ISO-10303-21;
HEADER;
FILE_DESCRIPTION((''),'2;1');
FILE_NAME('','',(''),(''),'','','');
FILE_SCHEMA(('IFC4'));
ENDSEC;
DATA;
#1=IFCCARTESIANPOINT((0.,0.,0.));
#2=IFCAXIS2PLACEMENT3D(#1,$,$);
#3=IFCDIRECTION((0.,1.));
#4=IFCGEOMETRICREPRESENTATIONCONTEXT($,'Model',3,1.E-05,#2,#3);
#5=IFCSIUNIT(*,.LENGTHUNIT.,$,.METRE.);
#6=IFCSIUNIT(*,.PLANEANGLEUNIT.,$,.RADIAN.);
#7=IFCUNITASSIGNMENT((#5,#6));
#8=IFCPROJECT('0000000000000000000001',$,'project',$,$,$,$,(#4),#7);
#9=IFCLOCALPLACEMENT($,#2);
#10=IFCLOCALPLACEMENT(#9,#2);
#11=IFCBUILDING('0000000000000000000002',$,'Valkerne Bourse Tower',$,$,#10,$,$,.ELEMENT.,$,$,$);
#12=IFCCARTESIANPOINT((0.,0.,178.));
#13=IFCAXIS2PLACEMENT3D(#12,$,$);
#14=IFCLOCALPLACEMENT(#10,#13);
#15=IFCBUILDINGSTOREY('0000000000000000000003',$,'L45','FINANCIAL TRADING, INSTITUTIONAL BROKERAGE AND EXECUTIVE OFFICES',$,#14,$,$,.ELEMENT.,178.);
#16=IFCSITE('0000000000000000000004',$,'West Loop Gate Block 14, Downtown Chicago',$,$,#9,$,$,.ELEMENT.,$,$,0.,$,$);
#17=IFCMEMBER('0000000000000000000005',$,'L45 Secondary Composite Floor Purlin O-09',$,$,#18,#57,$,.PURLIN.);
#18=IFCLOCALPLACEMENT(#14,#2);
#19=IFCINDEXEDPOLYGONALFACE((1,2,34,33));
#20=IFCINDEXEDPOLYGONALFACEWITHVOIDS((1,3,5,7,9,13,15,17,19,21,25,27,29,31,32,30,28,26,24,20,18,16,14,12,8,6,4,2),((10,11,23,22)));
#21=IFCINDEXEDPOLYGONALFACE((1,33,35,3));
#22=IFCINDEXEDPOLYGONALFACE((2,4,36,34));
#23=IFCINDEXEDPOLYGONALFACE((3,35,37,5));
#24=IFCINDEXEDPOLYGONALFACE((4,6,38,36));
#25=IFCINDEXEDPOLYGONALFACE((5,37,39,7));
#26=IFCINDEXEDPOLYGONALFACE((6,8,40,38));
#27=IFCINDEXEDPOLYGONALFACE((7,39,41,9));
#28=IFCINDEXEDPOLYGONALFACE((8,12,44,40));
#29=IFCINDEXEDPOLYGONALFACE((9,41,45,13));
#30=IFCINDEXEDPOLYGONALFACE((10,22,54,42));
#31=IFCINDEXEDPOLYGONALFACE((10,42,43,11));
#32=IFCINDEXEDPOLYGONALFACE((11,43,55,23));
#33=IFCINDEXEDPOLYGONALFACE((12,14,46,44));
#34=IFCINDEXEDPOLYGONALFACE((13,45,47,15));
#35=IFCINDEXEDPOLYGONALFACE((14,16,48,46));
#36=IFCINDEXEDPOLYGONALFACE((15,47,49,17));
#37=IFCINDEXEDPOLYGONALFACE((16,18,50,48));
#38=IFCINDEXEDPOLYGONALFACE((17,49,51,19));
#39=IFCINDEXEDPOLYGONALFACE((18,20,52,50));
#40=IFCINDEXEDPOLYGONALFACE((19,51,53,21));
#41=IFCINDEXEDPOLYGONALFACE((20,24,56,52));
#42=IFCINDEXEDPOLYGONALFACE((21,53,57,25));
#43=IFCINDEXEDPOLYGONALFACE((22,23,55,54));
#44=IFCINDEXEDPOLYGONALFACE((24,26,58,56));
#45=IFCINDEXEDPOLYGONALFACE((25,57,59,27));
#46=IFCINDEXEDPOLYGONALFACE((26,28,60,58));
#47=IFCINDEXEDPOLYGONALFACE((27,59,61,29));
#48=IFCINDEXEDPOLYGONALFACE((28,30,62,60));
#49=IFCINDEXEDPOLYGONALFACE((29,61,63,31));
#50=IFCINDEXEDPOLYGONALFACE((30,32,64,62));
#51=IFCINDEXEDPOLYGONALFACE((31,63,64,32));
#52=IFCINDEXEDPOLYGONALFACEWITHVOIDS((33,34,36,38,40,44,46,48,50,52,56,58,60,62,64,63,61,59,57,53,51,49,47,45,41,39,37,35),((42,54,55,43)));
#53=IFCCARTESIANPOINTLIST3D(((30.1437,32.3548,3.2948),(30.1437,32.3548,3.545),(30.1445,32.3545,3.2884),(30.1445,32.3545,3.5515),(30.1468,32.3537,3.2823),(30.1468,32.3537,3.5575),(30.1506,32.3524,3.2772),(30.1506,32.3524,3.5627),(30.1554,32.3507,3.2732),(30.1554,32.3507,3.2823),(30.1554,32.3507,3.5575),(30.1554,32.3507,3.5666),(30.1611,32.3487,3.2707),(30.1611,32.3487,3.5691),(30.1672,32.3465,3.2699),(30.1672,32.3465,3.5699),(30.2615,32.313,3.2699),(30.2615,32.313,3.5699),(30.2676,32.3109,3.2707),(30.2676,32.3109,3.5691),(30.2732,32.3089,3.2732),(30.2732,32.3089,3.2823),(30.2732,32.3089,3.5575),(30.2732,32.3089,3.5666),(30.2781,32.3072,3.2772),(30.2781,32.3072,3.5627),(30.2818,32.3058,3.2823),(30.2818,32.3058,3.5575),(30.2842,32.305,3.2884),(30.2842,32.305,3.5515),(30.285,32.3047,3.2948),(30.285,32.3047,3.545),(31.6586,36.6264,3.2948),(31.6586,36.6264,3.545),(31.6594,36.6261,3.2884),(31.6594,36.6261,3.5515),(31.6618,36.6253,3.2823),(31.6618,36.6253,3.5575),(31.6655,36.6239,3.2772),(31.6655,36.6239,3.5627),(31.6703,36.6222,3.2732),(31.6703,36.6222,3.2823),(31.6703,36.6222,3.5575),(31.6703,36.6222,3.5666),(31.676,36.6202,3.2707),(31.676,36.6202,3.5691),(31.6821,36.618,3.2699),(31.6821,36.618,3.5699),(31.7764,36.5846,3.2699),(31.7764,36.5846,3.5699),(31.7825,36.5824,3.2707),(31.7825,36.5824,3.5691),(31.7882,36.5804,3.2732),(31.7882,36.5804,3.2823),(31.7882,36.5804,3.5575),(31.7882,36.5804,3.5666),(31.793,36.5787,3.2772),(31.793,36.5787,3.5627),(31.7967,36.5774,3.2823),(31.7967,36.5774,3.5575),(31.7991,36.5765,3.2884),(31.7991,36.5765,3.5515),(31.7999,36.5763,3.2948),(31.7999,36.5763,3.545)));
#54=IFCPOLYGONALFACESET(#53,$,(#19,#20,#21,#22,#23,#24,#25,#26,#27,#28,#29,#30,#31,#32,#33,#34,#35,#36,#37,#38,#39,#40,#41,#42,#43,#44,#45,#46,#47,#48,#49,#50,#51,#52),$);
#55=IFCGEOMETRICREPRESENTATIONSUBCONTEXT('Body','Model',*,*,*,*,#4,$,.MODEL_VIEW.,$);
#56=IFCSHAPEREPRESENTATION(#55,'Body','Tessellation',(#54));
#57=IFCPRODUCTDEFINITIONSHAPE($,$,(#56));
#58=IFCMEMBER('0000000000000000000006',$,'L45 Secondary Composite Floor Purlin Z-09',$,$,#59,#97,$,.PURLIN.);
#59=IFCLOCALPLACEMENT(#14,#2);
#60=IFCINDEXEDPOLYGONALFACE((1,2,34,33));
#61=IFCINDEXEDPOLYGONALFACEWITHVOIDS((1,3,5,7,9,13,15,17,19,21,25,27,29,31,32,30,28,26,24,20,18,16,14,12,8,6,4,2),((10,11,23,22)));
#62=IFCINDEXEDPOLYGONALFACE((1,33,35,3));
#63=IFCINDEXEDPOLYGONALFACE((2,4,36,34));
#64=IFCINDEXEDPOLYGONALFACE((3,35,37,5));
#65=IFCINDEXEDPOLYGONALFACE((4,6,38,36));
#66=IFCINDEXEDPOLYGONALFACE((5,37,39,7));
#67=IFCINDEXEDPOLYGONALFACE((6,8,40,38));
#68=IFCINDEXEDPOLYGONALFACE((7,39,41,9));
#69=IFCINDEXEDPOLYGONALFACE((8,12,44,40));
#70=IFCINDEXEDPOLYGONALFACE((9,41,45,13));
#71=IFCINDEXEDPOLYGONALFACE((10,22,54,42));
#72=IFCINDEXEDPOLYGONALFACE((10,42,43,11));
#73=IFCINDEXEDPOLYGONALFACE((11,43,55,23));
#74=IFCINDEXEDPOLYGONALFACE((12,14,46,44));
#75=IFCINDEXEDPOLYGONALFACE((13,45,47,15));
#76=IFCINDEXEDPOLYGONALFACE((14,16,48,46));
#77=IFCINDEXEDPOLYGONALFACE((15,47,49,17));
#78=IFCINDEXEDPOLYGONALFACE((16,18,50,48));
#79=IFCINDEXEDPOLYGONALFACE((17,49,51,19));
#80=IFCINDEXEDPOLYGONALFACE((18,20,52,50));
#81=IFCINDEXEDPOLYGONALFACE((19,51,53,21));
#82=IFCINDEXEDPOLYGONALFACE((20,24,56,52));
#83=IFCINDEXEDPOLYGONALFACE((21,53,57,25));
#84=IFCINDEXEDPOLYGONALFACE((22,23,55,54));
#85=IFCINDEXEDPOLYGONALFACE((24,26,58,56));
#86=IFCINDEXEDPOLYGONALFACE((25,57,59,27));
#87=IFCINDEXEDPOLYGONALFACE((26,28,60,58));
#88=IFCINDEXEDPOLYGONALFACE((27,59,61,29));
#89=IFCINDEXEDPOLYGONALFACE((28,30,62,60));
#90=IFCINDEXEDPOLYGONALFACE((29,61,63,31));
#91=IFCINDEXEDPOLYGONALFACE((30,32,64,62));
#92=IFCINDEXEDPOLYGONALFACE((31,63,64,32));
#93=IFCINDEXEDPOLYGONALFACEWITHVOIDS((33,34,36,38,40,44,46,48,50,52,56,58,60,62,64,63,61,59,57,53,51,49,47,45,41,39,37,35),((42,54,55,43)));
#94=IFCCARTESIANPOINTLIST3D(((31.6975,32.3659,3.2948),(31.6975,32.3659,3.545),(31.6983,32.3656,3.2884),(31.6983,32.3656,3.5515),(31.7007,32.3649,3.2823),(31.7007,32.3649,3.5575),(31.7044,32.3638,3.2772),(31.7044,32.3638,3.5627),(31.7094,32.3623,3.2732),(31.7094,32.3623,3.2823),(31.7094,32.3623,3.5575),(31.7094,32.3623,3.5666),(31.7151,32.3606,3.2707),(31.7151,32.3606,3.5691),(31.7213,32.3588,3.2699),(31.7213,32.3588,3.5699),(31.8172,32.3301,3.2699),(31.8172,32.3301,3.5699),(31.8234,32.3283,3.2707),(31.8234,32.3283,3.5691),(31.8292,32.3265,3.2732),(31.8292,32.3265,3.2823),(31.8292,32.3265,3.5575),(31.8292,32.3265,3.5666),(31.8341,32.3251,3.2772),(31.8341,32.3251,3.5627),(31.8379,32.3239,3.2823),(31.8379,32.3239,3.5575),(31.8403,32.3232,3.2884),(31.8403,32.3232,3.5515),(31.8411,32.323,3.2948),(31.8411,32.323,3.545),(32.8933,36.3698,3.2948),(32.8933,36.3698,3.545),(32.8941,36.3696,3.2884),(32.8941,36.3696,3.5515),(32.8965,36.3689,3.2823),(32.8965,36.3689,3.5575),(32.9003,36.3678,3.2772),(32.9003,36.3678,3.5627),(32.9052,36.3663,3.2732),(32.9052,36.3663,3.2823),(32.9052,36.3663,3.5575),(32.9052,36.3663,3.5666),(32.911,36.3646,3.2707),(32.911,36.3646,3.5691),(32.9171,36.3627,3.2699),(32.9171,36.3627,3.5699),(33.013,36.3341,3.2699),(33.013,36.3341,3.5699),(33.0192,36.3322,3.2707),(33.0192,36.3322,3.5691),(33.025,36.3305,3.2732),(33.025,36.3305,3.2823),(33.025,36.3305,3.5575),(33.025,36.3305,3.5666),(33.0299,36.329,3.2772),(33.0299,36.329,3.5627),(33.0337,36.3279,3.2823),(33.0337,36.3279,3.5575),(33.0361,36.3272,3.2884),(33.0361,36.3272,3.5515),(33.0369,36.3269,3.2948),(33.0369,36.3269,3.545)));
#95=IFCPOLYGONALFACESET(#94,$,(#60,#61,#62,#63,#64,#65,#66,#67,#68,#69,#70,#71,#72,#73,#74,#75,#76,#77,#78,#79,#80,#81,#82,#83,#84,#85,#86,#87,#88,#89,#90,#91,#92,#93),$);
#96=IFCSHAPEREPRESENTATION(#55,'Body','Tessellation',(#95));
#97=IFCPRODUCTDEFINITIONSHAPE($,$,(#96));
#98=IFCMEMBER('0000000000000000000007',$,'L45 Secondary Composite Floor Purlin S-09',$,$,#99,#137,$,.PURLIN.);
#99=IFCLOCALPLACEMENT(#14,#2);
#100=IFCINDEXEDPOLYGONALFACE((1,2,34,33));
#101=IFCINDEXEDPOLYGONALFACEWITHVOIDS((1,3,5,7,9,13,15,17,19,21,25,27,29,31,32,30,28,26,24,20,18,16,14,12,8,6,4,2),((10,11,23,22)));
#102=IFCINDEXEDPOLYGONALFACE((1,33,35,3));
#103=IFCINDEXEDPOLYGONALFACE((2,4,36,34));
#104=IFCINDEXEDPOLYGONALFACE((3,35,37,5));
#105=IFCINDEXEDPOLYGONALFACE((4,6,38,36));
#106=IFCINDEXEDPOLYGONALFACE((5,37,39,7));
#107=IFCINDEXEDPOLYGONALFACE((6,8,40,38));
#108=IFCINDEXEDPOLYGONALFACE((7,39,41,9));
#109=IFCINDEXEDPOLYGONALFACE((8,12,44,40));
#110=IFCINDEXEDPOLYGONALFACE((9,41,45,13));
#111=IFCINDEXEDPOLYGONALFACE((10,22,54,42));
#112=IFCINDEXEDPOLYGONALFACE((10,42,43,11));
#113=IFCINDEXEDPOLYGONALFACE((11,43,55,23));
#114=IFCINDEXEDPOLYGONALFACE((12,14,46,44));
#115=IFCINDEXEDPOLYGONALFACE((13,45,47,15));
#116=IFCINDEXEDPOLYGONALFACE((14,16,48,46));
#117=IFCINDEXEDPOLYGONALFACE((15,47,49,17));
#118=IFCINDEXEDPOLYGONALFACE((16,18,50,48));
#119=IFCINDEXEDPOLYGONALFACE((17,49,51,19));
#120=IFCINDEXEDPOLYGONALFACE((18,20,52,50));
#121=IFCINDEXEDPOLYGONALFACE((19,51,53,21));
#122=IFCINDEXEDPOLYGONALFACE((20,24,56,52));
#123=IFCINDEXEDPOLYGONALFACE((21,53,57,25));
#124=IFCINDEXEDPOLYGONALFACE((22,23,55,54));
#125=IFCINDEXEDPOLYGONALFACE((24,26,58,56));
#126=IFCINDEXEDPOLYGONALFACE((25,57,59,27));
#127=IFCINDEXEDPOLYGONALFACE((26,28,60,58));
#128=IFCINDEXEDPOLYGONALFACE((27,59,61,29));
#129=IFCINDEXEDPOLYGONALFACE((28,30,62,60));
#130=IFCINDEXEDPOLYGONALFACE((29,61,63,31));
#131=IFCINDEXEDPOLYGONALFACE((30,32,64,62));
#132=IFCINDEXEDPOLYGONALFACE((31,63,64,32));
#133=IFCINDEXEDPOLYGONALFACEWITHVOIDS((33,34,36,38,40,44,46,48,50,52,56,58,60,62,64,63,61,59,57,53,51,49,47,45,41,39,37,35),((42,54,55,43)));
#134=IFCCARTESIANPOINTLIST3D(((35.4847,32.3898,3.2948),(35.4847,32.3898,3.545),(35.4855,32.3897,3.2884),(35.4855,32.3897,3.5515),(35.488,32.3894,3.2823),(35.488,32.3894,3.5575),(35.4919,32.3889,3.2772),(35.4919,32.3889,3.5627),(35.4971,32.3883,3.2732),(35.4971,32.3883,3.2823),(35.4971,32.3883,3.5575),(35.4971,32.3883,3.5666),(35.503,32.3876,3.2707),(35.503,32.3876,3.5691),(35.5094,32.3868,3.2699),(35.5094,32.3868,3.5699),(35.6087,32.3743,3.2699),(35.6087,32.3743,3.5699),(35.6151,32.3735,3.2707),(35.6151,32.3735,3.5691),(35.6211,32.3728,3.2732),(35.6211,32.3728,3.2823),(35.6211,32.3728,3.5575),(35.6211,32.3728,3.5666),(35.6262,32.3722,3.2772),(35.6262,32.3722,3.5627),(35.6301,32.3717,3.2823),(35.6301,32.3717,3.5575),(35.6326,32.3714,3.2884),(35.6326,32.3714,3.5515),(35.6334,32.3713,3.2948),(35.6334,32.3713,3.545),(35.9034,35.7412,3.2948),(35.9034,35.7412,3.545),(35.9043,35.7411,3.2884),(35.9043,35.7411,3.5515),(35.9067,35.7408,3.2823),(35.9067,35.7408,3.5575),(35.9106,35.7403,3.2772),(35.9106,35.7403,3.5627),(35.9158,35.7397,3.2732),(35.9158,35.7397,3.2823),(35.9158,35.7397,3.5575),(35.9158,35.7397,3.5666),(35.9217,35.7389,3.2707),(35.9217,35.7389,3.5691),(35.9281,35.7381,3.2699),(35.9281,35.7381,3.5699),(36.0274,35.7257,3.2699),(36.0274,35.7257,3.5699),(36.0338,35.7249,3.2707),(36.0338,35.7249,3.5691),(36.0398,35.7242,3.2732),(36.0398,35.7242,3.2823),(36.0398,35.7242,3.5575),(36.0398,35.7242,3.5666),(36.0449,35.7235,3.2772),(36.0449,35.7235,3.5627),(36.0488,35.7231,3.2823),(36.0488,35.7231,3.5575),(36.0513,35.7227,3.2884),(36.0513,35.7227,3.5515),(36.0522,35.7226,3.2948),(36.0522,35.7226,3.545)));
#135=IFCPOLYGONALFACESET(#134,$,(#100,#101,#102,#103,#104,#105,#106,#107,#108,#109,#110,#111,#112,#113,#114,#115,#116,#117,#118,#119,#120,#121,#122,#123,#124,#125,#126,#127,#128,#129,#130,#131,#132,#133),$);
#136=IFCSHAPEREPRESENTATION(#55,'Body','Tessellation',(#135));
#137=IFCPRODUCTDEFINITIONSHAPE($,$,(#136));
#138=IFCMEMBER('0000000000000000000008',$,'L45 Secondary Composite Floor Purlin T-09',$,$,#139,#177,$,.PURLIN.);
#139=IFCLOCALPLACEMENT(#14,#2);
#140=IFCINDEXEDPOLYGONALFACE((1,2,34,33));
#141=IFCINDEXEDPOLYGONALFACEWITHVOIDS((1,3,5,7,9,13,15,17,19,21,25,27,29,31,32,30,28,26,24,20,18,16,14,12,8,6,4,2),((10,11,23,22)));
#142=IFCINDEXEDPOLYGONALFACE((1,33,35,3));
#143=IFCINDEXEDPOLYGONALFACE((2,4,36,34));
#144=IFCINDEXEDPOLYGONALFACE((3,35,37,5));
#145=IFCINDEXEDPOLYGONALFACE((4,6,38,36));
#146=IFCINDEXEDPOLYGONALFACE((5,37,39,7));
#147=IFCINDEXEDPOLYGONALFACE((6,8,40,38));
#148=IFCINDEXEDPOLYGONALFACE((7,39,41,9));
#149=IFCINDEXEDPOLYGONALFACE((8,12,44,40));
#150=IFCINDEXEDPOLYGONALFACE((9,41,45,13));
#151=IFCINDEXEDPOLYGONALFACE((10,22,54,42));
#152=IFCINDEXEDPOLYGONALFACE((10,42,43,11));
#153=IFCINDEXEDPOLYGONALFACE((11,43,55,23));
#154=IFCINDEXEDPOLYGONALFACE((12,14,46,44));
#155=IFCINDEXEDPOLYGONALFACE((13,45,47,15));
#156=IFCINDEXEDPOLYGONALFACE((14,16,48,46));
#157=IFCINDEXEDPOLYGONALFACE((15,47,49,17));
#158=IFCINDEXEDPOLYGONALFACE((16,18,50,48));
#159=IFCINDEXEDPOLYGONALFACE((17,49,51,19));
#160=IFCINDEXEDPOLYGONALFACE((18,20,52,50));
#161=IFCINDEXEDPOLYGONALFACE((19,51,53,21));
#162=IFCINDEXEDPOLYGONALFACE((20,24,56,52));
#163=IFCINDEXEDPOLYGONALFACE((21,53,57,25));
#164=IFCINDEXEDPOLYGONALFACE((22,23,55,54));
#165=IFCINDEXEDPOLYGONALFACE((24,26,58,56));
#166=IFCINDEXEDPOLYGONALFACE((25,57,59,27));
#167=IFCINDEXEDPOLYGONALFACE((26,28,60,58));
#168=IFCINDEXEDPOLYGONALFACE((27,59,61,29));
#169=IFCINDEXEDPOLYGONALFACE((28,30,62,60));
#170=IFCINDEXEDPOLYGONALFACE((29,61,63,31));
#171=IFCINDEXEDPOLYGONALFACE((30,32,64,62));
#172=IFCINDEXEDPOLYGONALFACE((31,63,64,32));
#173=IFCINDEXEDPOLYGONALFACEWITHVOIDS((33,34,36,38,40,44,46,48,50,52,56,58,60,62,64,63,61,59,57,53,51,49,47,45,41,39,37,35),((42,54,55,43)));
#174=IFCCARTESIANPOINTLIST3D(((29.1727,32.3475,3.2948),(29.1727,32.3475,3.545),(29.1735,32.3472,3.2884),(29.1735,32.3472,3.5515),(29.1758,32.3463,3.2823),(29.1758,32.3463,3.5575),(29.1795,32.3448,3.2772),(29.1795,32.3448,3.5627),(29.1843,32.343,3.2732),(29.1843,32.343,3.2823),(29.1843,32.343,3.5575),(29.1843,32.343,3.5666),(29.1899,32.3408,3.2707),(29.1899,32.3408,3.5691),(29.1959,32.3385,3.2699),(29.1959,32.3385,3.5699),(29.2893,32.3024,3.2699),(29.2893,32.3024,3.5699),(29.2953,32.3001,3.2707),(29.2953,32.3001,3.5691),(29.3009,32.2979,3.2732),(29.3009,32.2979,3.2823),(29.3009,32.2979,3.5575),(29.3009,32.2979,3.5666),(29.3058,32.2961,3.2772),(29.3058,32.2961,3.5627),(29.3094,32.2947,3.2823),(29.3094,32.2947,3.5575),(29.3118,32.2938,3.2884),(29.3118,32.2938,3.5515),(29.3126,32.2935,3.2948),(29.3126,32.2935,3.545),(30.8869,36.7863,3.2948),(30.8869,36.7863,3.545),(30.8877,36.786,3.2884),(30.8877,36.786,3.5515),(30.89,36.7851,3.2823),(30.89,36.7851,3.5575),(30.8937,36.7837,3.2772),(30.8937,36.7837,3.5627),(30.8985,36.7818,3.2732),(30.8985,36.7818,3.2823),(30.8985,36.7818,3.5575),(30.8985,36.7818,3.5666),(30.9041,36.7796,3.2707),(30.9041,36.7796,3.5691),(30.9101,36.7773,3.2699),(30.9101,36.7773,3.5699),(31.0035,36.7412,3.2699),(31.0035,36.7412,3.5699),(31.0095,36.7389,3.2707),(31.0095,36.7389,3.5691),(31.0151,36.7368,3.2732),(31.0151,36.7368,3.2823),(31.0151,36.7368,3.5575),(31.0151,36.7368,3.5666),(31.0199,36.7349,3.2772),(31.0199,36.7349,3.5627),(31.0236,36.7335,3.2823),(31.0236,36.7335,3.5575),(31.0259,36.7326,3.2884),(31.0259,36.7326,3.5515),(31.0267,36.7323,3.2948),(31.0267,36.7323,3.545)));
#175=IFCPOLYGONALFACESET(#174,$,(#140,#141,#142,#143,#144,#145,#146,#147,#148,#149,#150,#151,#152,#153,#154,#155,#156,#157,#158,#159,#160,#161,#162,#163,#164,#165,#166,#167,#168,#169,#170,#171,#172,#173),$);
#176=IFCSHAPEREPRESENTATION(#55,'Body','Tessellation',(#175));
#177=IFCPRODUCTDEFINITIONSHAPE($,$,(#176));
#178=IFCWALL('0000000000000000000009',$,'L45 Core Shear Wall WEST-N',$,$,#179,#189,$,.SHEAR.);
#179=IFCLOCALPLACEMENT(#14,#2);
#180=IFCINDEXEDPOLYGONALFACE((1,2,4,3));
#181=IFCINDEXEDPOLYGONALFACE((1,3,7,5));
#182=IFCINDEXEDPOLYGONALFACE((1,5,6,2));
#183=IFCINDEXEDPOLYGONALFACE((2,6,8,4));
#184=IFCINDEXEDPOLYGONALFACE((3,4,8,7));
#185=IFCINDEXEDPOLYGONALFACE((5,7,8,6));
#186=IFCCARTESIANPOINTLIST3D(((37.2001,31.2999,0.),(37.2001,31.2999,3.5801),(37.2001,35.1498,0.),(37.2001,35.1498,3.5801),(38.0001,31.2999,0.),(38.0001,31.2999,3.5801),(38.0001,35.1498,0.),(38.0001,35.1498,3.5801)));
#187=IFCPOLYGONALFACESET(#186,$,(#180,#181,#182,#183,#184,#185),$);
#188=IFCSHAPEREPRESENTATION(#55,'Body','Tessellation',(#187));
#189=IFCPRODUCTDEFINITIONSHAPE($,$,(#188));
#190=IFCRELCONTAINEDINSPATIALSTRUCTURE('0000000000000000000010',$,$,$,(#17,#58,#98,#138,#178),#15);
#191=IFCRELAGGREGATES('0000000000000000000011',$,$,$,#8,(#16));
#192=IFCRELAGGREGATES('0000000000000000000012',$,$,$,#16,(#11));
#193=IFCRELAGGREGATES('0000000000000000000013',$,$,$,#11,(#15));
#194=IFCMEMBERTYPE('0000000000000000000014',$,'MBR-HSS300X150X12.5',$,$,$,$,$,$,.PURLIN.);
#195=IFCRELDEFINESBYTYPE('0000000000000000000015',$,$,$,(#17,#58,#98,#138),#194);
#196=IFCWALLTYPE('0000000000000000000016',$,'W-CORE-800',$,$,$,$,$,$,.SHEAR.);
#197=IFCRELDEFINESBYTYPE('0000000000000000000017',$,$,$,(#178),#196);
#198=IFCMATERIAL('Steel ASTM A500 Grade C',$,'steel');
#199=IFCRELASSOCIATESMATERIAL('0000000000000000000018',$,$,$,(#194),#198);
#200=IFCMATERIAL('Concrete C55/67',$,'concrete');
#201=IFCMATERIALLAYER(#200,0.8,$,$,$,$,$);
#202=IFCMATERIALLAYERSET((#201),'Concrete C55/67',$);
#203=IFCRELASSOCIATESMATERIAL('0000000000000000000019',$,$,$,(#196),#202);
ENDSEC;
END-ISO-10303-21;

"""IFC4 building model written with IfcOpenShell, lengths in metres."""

from ifc_helpers import new_model, si_unit, direction, frame, frame_2d, origin, origin_2d, place, context, subcontext, project, spatial, rectangle, hollow_rectangle, extrude, material, layer, layer_set, material_profile, profile_set, type_object, element, save


model = new_model("IFC4")

# Units and contexts
model_context = context("Model", 3, precision=1e-05, world=origin(), true_north=direction((0.0, 1.0)))
body_context = subcontext(model_context, "Body", "Model", "MODEL_VIEW")
ifc_project = project(units=[si_unit("LENGTHUNIT", "METRE"), si_unit("PLANEANGLEUNIT", "RADIAN")], contexts=[model_context])

# Site, building, storey
site_placement = place(None, origin())
site = spatial("IfcSite", under=ifc_project, at=site_placement, Name="West Loop Gate Block 14, Downtown Chicago", CompositionType="ELEMENT", RefElevation=0.0)
building_placement = place(site_placement, origin())
building = spatial("IfcBuilding", under=site, at=building_placement, Name="Valkerne Bourse Tower", CompositionType="ELEMENT")
storey_placement = place(building_placement, frame((0.0, 0.0, 178.0)))
storey = spatial("IfcBuildingStorey", under=building, at=storey_placement, Name="L45", Description="FINANCIAL TRADING, INSTITUTIONAL BROKERAGE AND EXECUTIVE OFFICES", CompositionType="ELEMENT", Elevation=178.0)

# Members
ifc_material_1 = material(Name="Steel ASTM A500 Grade C", Category="steel")
ifc_material_profile_1 = material_profile(ifc_material_1, hollow_rectangle(XDim=0.1499, YDim=0.3, WallThickness=0.0125, OuterFilletRadius=0.0249, at=origin_2d()), Name="HSS300X150X12.5")
ifc_profile_set_1 = profile_set([ifc_material_profile_1], Name="Steel ASTM A500 Grade C")
member_type_1 = type_object("IfcMemberType", Name="MBR-HSS300X150X12.5", PredefinedType="PURLIN", material=ifc_profile_set_1)
member_1_placement = place(storey_placement, frame((31.7292, 36.6013, 3.4199), z_axis=(-0.334254, -0.942483, 0.0), x_axis=(0.942483, -0.334254, 0.0)))
element("IfcMember", 1, at=member_1_placement, inside=storey, type_object=member_type_1, Name="L45 Secondary Composite Floor Purlin O-09", PredefinedType="PURLIN", context=body_context, shape_type="SweptSolid", body=[
    extrude(hollow_rectangle(XDim=0.1499, YDim=0.3, WallThickness=0.0125, OuterFilletRadius=0.0249, at=origin_2d()), origin(), (0.0, 0.0, 1.0), 4.5322),
])
member_2_placement = place(storey_placement, frame((32.9651, 36.3484, 3.4199), z_axis=(-0.286168, -0.958179, 0.0), x_axis=(0.958179, -0.286168, 0.0)))
element("IfcMember", 2, at=member_2_placement, inside=storey, type_object=member_type_1, Name="L45 Secondary Composite Floor Purlin Z-09", PredefinedType="PURLIN", context=body_context, shape_type="SweptSolid", body=[
    extrude(hollow_rectangle(XDim=0.1499, YDim=0.3, WallThickness=0.0125, OuterFilletRadius=0.0249, at=origin_2d()), origin(), (0.0, 0.0, 1.0), 4.1787),
])
member_3_placement = place(storey_placement, frame((35.9778, 35.7319, 3.4199), z_axis=(-0.123972, -0.992286, 0.0), x_axis=(0.992286, -0.123972, 0.0)))
element("IfcMember", 3, at=member_3_placement, inside=storey, type_object=member_type_1, Name="L45 Secondary Composite Floor Purlin S-09", PredefinedType="PURLIN", context=body_context, shape_type="SweptSolid", body=[
    extrude(hollow_rectangle(XDim=0.1499, YDim=0.3, WallThickness=0.0125, OuterFilletRadius=0.0249, at=origin_2d()), origin(), (0.0, 0.0, 1.0), 3.3774),
])
member_4_placement = place(storey_placement, frame((30.9568, 36.7593, 3.4199), z_axis=(-0.360244, -0.932858, 0.0), x_axis=(0.932858, -0.360244, 0.0)))
element("IfcMember", 4, at=member_4_placement, inside=storey, type_object=member_type_1, Name="L45 Secondary Composite Floor Purlin T-09", PredefinedType="PURLIN", context=body_context, shape_type="SweptSolid", body=[
    extrude(hollow_rectangle(XDim=0.1499, YDim=0.3, WallThickness=0.0125, OuterFilletRadius=0.0249, at=origin_2d()), origin(), (0.0, 0.0, 1.0), 4.7583),
])

# Shared definitions
ifc_material_2 = material(Name="Concrete C55/67", Category="concrete")
ifc_layer_1 = layer(ifc_material_2, 0.8)
ifc_layer_set_1 = layer_set([ifc_layer_1], Name="Concrete C55/67")
wall_type_1 = type_object("IfcWallType", Name="W-CORE-800", PredefinedType="SHEAR", material=ifc_layer_set_1)

# Wall
wall_1_placement = place(storey_placement, frame((37.6001, 31.3, 0.0), z_axis=(0.0, 0.0, 1.0), x_axis=(0.0, 1.0, 0.0)))
element("IfcWall", 5, at=wall_1_placement, inside=storey, type_object=wall_type_1, Name="L45 Core Shear Wall WEST-N", PredefinedType="SHEAR", context=body_context, shape_type="SweptSolid", body=[
    extrude(rectangle(XDim=3.8499, YDim=0.8, at=frame_2d((1.9248, 0.0))), origin(), (0.0, 0.0, 1.0), 3.5801),
])

save(model, "model.ifc")
